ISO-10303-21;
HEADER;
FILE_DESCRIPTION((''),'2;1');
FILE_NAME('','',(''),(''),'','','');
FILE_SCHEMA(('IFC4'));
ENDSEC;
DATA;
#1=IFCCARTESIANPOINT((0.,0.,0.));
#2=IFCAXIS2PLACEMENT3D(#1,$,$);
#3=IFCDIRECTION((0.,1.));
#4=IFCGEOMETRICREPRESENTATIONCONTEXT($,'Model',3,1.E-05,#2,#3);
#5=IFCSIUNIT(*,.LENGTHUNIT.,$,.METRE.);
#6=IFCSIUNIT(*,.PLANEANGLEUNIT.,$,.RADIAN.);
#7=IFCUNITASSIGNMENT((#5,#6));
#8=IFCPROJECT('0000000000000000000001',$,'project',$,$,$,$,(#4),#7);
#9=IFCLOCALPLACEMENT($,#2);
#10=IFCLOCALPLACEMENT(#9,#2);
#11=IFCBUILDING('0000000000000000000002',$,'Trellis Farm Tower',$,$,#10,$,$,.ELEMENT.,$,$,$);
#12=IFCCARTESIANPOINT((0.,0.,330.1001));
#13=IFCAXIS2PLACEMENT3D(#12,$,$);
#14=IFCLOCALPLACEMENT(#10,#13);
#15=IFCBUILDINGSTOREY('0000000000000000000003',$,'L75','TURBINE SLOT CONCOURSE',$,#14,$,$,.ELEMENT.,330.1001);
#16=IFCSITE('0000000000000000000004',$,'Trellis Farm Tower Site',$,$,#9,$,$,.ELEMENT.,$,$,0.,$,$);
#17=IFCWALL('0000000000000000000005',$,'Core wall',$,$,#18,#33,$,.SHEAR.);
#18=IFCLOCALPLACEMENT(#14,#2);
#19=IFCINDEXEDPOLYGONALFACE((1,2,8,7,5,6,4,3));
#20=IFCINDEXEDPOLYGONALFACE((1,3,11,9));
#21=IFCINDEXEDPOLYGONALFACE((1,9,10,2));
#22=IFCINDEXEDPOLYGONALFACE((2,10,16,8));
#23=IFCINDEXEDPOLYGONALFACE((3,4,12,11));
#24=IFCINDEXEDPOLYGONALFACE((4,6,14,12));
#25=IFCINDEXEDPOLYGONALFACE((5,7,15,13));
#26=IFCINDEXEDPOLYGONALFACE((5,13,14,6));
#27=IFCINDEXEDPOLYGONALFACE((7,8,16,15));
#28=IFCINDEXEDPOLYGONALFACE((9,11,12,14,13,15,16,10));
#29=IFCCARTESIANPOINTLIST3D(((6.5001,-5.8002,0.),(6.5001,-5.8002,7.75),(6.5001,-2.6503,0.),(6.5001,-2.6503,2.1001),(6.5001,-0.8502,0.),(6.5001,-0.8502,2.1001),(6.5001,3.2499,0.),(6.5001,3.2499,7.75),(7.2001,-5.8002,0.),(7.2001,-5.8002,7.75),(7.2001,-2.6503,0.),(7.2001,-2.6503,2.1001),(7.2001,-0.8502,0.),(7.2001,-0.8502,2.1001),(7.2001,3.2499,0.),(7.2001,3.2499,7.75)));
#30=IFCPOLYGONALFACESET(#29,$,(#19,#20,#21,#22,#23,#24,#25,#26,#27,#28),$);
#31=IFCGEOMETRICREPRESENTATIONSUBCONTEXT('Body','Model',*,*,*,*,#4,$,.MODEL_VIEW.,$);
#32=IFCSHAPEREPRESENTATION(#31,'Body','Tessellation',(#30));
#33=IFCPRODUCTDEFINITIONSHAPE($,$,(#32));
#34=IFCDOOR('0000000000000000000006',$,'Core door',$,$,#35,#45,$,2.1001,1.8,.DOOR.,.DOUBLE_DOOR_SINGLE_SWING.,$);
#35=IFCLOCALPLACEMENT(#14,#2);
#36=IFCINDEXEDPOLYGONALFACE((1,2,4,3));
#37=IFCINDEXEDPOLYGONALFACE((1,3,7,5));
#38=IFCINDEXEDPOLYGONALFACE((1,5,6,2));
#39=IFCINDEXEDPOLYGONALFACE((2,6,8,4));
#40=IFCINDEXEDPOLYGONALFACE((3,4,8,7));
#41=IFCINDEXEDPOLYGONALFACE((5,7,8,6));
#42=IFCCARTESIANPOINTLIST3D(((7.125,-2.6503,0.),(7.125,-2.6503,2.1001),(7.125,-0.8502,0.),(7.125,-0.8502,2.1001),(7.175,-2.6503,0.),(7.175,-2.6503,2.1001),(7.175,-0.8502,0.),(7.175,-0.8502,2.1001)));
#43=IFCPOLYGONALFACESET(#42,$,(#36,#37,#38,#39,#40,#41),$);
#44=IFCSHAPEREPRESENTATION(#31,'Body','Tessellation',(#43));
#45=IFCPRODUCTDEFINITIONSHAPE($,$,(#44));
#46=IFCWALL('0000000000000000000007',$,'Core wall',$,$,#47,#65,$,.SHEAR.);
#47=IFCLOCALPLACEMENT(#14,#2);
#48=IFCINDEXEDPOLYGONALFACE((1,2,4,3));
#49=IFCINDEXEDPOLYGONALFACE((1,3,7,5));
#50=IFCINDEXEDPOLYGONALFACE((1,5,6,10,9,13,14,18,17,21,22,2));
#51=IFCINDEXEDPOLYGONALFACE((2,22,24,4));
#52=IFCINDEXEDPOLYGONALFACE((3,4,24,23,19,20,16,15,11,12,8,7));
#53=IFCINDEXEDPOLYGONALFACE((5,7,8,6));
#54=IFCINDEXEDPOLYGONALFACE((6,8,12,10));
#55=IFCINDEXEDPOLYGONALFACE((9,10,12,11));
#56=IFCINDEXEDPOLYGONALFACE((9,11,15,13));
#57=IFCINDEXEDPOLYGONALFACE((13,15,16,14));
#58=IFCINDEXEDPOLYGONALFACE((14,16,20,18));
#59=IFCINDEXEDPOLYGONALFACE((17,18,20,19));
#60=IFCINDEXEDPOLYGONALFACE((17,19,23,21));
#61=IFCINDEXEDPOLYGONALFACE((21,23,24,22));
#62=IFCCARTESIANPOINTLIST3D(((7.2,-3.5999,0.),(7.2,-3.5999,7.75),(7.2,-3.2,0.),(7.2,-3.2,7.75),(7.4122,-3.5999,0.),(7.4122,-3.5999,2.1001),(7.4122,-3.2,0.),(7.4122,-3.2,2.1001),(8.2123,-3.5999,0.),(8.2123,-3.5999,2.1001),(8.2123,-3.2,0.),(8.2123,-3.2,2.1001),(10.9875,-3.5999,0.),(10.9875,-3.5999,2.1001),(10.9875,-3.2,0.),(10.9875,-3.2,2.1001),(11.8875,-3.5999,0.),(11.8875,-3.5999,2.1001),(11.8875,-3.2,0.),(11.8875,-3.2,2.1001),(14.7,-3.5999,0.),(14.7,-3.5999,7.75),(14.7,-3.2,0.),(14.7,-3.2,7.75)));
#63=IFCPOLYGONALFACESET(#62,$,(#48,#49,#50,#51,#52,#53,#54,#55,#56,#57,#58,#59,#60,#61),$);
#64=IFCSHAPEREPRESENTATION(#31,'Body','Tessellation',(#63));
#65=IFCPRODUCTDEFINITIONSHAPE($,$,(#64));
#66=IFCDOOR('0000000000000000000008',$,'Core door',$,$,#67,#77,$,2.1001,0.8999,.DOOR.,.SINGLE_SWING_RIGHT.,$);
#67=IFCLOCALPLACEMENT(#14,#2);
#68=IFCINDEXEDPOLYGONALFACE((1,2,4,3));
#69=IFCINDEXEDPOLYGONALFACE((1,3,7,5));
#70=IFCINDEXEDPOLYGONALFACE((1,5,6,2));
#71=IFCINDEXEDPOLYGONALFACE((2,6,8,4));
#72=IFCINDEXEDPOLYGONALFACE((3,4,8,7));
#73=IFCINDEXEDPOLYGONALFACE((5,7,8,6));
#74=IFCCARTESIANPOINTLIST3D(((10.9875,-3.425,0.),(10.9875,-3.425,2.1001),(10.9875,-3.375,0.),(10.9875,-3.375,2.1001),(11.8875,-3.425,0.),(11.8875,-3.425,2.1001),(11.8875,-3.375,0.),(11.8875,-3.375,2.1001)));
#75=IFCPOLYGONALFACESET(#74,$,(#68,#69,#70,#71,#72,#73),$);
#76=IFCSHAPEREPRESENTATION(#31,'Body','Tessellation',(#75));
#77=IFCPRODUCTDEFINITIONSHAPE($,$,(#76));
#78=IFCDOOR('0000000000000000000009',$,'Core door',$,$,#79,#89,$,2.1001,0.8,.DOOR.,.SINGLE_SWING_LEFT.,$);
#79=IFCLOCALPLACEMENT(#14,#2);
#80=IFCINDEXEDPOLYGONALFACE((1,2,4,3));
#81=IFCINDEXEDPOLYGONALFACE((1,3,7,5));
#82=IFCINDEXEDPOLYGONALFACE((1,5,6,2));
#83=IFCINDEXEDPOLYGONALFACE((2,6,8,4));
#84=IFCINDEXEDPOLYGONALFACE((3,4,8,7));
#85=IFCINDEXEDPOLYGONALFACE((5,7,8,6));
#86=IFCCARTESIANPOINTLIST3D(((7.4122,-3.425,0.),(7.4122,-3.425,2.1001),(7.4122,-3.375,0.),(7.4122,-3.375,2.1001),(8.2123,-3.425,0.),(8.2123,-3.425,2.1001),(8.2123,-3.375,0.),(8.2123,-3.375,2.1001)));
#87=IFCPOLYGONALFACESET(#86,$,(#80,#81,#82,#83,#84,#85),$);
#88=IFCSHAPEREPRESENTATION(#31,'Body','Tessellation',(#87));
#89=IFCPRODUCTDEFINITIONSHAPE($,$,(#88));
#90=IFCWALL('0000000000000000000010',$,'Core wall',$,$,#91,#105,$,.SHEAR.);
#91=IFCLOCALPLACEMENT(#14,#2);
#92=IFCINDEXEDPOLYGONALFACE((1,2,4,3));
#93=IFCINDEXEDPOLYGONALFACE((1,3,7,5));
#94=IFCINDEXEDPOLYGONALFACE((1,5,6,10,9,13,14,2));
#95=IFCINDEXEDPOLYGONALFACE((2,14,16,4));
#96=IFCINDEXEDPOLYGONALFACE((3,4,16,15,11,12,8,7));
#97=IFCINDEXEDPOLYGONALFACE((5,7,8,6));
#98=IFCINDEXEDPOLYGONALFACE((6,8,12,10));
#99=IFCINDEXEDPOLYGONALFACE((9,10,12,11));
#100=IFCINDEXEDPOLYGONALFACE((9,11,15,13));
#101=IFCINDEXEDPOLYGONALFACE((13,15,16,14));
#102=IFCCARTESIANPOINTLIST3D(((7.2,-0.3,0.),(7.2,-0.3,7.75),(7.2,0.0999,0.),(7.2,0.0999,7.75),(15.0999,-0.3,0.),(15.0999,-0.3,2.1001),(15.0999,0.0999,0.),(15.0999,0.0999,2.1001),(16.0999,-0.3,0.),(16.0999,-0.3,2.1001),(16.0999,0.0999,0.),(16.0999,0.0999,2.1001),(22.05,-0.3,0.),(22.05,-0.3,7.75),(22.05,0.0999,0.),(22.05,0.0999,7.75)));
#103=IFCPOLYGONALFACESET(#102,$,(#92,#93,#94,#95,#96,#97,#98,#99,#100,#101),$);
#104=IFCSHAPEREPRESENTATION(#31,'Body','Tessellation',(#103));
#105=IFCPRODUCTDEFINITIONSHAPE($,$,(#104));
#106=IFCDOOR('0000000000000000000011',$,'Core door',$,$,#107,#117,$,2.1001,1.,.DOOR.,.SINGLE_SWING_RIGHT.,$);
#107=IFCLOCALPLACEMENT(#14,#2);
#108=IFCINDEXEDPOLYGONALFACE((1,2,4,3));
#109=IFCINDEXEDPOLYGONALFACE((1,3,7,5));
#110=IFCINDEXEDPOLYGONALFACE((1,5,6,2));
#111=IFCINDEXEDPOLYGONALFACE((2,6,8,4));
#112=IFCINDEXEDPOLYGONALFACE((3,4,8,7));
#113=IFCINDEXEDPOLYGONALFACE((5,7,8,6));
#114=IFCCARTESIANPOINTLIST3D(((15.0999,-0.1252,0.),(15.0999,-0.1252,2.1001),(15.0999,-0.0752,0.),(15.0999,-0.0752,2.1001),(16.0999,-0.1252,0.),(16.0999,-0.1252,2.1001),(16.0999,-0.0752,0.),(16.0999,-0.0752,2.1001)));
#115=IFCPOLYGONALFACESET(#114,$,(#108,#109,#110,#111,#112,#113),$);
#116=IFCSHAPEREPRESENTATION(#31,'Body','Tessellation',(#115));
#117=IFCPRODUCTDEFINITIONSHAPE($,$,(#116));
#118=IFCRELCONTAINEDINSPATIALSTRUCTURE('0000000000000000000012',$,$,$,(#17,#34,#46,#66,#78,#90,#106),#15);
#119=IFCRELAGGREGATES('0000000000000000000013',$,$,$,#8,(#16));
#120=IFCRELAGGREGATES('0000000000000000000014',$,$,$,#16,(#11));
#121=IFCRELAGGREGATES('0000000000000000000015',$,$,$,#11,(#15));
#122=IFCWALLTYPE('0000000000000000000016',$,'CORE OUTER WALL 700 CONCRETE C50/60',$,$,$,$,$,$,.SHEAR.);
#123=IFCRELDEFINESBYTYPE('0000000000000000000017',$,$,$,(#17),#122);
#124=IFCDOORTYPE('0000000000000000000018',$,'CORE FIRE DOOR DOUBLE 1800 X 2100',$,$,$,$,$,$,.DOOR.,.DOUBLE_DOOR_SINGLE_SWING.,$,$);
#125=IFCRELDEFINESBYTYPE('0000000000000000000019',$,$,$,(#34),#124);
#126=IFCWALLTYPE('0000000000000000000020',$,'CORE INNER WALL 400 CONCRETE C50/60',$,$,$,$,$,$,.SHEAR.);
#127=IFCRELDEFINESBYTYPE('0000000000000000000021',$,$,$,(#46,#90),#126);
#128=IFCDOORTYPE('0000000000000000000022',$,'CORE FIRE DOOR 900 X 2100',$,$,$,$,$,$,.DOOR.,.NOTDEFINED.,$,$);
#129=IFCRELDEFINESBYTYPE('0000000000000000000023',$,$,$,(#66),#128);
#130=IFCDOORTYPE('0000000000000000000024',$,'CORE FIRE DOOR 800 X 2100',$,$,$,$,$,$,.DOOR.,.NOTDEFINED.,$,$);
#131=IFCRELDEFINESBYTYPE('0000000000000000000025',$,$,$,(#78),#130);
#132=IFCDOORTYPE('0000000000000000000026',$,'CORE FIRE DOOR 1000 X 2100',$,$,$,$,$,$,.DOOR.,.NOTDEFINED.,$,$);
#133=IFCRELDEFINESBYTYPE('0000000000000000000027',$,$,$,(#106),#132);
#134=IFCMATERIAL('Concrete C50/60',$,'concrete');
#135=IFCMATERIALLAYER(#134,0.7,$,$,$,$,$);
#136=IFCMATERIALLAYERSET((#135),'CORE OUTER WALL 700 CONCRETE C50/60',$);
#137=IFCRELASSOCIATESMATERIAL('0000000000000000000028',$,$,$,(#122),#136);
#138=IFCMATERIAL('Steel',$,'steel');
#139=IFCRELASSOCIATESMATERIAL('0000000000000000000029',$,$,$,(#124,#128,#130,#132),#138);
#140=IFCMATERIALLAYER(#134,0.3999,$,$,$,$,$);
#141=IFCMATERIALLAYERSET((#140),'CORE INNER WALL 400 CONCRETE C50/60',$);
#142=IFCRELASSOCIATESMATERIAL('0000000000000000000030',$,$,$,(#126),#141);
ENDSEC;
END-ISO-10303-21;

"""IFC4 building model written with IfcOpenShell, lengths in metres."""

from ifc_helpers import new_model, si_unit, direction, frame, frame_2d, origin, place, context, subcontext, project, spatial, rectangle, extrude, source, transform, mapped, material, layer, layer_set, type_object, element, fill, save


model = new_model("IFC4")

# Units and contexts
model_context = context("Model", 3, precision=1e-05, world=origin(), true_north=direction((0.0, 1.0)))
body_context = subcontext(model_context, "Body", "Model", "MODEL_VIEW")
ifc_project = project(units=[si_unit("LENGTHUNIT", "METRE"), si_unit("PLANEANGLEUNIT", "RADIAN")], contexts=[model_context])

# Site, building, storey
site_placement = place(None, origin())
site = spatial("IfcSite", under=ifc_project, at=site_placement, Name="Trellis Farm Tower Site", CompositionType="ELEMENT", RefElevation=0.0)
building_placement = place(site_placement, origin())
building = spatial("IfcBuilding", under=site, at=building_placement, Name="Trellis Farm Tower", CompositionType="ELEMENT")
storey_placement = place(building_placement, frame((0.0, 0.0, 330.1001)))
storey = spatial("IfcBuildingStorey", under=building, at=storey_placement, Name="L75", Description="TURBINE SLOT CONCOURSE", CompositionType="ELEMENT", Elevation=330.1001)

# Wall, opening, door
ifc_material_1 = material(Name="Concrete C50/60", Category="concrete")
ifc_layer_1 = layer(ifc_material_1, 0.7)
ifc_layer_set_1 = layer_set([ifc_layer_1], Name="CORE OUTER WALL 700 CONCRETE C50/60")
wall_type_1 = type_object("IfcWallType", Name="CORE OUTER WALL 700 CONCRETE C50/60", PredefinedType="SHEAR", material=ifc_layer_set_1)
shared_shape_1 = source(origin(), body_context, "Body", "SweptSolid", [
    extrude(rectangle(XDim=9.05, YDim=0.7, at=frame_2d((4.5249, 0.0))), origin(), (0.0, 0.0, 1.0), 7.75),
])
wall_1_placement = place(storey_placement, frame((6.8501, -5.8, 0.0), z_axis=(0.0, 0.0, 1.0), x_axis=(0.0, 1.0, 0.0)))
wall_1 = element("IfcWall", 1, at=wall_1_placement, inside=storey, type_object=wall_type_1, Name="Core wall", PredefinedType="SHEAR", context=body_context, shape_type="MappedRepresentation", body=[
    mapped(shared_shape_1, transform((0.0, 0.0, 0.0))),
])
shared_shape_2 = source(origin(), body_context, "Body", "SweptSolid", [
    extrude(rectangle(XDim=1.8, YDim=2.1001, at=frame_2d((0.8999, 1.05))), frame((0.0, 0.3601, 0.0), z_axis=(0.0, -1.0, 0.0), x_axis=(1.0, 0.0, 0.0)), (0.0, 0.0, 1.0), 0.7202),
])
opening_1_placement = place(wall_1_placement, frame((3.1499, 0.0, 0.0)))
opening_1 = element("IfcOpeningElement", 2, at=opening_1_placement, cuts=wall_1, PredefinedType="OPENING", context=body_context, shape_type="MappedRepresentation", body=[
    mapped(shared_shape_2, transform((0.0, 0.0, 0.0))),
])
ifc_material_2 = material(Name="Steel", Category="steel")
door_type_1 = type_object("IfcDoorType", Name="CORE FIRE DOOR DOUBLE 1800 X 2100", OperationType="DOUBLE_DOOR_SINGLE_SWING", PredefinedType="DOOR", material=ifc_material_2)
shared_shape_3 = source(origin(), body_context, "Body", "SweptSolid", [
    extrude(rectangle(XDim=1.8, YDim=2.1001, at=frame_2d((0.8999, 1.05))), frame((0.0, -0.2749, 0.0), z_axis=(0.0, -1.0, 0.0), x_axis=(1.0, 0.0, 0.0)), (0.0, 0.0, 1.0), 0.05),
])
door_1_placement = place(opening_1_placement, origin())
door_1 = element("IfcDoor", 3, at=door_1_placement, inside=storey, type_object=door_type_1, Name="Core door", OperationType="DOUBLE_DOOR_SINGLE_SWING", OverallHeight=2.1001, OverallWidth=1.8, PredefinedType="DOOR", context=body_context, shape_type="MappedRepresentation", body=[
    mapped(shared_shape_3, transform((0.0, 0.0, 0.0))),
])
fill(opening_1, door_1)

# Wall, openings, doors
ifc_layer_2 = layer(ifc_material_1, 0.3999)
ifc_layer_set_2 = layer_set([ifc_layer_2], Name="CORE INNER WALL 400 CONCRETE C50/60")
wall_type_2 = type_object("IfcWallType", Name="CORE INNER WALL 400 CONCRETE C50/60", PredefinedType="SHEAR", material=ifc_layer_set_2)
shared_shape_4 = source(origin(), body_context, "Body", "SweptSolid", [
    extrude(rectangle(XDim=7.5, YDim=0.3999, at=frame_2d((3.75, 0.0))), origin(), (0.0, 0.0, 1.0), 7.75),
])
wall_2_placement = place(storey_placement, frame((7.2, -3.3999, 0.0), z_axis=(0.0, 0.0, 1.0), x_axis=(1.0, 0.0, 0.0)))
wall_2 = element("IfcWall", 4, at=wall_2_placement, inside=storey, type_object=wall_type_2, Name="Core wall", PredefinedType="SHEAR", context=body_context, shape_type="MappedRepresentation", body=[
    mapped(shared_shape_4, transform((0.0, 0.0, 0.0))),
])
shared_shape_5 = source(origin(), body_context, "Body", "SweptSolid", [
    extrude(rectangle(XDim=0.8, YDim=2.1001, at=frame_2d((0.3999, 1.05))), frame((0.0, 0.21, 0.0), z_axis=(0.0, -1.0, 0.0), x_axis=(1.0, 0.0, 0.0)), (0.0, 0.0, 1.0), 0.4199),
])
opening_2_placement = place(wall_2_placement, frame((0.2124, 0.0, 0.0)))
opening_2 = element("IfcOpeningElement", 5, at=opening_2_placement, cuts=wall_2, PredefinedType="OPENING", context=body_context, shape_type="MappedRepresentation", body=[
    mapped(shared_shape_5, transform((0.0, 0.0, 0.0))),
])
shared_shape_6 = source(origin(), body_context, "Body", "SweptSolid", [
    extrude(rectangle(XDim=0.8999, YDim=2.1001, at=frame_2d((0.45, 1.05))), frame((0.0, 0.21, 0.0), z_axis=(0.0, -1.0, 0.0), x_axis=(1.0, 0.0, 0.0)), (0.0, 0.0, 1.0), 0.4199),
])
opening_3_placement = place(wall_2_placement, frame((3.7876, 0.0, 0.0)))
opening_3 = element("IfcOpeningElement", 6, at=opening_3_placement, cuts=wall_2, PredefinedType="OPENING", context=body_context, shape_type="MappedRepresentation", body=[
    mapped(shared_shape_6, transform((0.0, 0.0, 0.0))),
])
door_type_2 = type_object("IfcDoorType", Name="CORE FIRE DOOR 900 X 2100", OperationType="NOTDEFINED", PredefinedType="DOOR", material=ifc_material_2)
shared_shape_7 = source(origin(), body_context, "Body", "SweptSolid", [
    extrude(rectangle(XDim=0.8999, YDim=2.1001, at=frame_2d((0.45, 1.05))), frame((0.0, 0.0249, 0.0), z_axis=(0.0, -1.0, 0.0), x_axis=(1.0, 0.0, 0.0)), (0.0, 0.0, 1.0), 0.05),
])
door_2_placement = place(opening_3_placement, origin())
door_2 = element("IfcDoor", 7, at=door_2_placement, inside=storey, type_object=door_type_2, Name="Core door", OperationType="SINGLE_SWING_RIGHT", OverallHeight=2.1001, OverallWidth=0.8999, PredefinedType="DOOR", context=body_context, shape_type="MappedRepresentation", body=[
    mapped(shared_shape_7, transform((0.0, 0.0, 0.0))),
])
fill(opening_3, door_2)
door_type_3 = type_object("IfcDoorType", Name="CORE FIRE DOOR 800 X 2100", OperationType="NOTDEFINED", PredefinedType="DOOR", material=ifc_material_2)
shared_shape_8 = source(origin(), body_context, "Body", "SweptSolid", [
    extrude(rectangle(XDim=0.8, YDim=2.1001, at=frame_2d((0.3999, 1.05))), frame((0.0, 0.0249, 0.0), z_axis=(0.0, -1.0, 0.0), x_axis=(1.0, 0.0, 0.0)), (0.0, 0.0, 1.0), 0.05),
])
door_3_placement = place(opening_2_placement, origin())
door_3 = element("IfcDoor", 8, at=door_3_placement, inside=storey, type_object=door_type_3, Name="Core door", OperationType="SINGLE_SWING_LEFT", OverallHeight=2.1001, OverallWidth=0.8, PredefinedType="DOOR", context=body_context, shape_type="MappedRepresentation", body=[
    mapped(shared_shape_8, transform((0.0, 0.0, 0.0))),
])
fill(opening_2, door_3)

# Wall, opening, door
shared_shape_9 = source(origin(), body_context, "Body", "SweptSolid", [
    extrude(rectangle(XDim=14.8501, YDim=0.3999, at=frame_2d((7.425, 0.0))), origin(), (0.0, 0.0, 1.0), 7.75),
])
wall_3_placement = place(storey_placement, frame((7.2, -0.1001, 0.0), z_axis=(0.0, 0.0, 1.0), x_axis=(1.0, 0.0, 0.0)))
wall_3 = element("IfcWall", 9, at=wall_3_placement, inside=storey, type_object=wall_type_2, Name="Core wall", PredefinedType="SHEAR", context=body_context, shape_type="MappedRepresentation", body=[
    mapped(shared_shape_9, transform((0.0, 0.0, 0.0))),
])
shared_shape_10 = source(origin(), body_context, "Body", "SweptSolid", [
    extrude(rectangle(XDim=1.0, YDim=2.1001, at=frame_2d((0.5, 1.05))), frame((0.0, 0.21, 0.0), z_axis=(0.0, -1.0, 0.0), x_axis=(1.0, 0.0, 0.0)), (0.0, 0.0, 1.0), 0.4199),
])
opening_4_placement = place(wall_3_placement, frame((7.8999, 0.0, 0.0)))
opening_4 = element("IfcOpeningElement", 10, at=opening_4_placement, cuts=wall_3, PredefinedType="OPENING", context=body_context, shape_type="MappedRepresentation", body=[
    mapped(shared_shape_10, transform((0.0, 0.0, 0.0))),
])
door_type_4 = type_object("IfcDoorType", Name="CORE FIRE DOOR 1000 X 2100", OperationType="NOTDEFINED", PredefinedType="DOOR", material=ifc_material_2)
shared_shape_11 = source(origin(), body_context, "Body", "SweptSolid", [
    extrude(rectangle(XDim=1.0, YDim=2.1001, at=frame_2d((0.5, 1.05))), frame((0.0, 0.0249, 0.0), z_axis=(0.0, -1.0, 0.0), x_axis=(1.0, 0.0, 0.0)), (0.0, 0.0, 1.0), 0.05),
])
door_4_placement = place(opening_4_placement, origin())
door_4 = element("IfcDoor", 11, at=door_4_placement, inside=storey, type_object=door_type_4, Name="Core door", OperationType="SINGLE_SWING_RIGHT", OverallHeight=2.1001, OverallWidth=1.0, PredefinedType="DOOR", context=body_context, shape_type="MappedRepresentation", body=[
    mapped(shared_shape_11, transform((0.0, 0.0, 0.0))),
])
fill(opening_4, door_4)

save(model, "model.ifc")
